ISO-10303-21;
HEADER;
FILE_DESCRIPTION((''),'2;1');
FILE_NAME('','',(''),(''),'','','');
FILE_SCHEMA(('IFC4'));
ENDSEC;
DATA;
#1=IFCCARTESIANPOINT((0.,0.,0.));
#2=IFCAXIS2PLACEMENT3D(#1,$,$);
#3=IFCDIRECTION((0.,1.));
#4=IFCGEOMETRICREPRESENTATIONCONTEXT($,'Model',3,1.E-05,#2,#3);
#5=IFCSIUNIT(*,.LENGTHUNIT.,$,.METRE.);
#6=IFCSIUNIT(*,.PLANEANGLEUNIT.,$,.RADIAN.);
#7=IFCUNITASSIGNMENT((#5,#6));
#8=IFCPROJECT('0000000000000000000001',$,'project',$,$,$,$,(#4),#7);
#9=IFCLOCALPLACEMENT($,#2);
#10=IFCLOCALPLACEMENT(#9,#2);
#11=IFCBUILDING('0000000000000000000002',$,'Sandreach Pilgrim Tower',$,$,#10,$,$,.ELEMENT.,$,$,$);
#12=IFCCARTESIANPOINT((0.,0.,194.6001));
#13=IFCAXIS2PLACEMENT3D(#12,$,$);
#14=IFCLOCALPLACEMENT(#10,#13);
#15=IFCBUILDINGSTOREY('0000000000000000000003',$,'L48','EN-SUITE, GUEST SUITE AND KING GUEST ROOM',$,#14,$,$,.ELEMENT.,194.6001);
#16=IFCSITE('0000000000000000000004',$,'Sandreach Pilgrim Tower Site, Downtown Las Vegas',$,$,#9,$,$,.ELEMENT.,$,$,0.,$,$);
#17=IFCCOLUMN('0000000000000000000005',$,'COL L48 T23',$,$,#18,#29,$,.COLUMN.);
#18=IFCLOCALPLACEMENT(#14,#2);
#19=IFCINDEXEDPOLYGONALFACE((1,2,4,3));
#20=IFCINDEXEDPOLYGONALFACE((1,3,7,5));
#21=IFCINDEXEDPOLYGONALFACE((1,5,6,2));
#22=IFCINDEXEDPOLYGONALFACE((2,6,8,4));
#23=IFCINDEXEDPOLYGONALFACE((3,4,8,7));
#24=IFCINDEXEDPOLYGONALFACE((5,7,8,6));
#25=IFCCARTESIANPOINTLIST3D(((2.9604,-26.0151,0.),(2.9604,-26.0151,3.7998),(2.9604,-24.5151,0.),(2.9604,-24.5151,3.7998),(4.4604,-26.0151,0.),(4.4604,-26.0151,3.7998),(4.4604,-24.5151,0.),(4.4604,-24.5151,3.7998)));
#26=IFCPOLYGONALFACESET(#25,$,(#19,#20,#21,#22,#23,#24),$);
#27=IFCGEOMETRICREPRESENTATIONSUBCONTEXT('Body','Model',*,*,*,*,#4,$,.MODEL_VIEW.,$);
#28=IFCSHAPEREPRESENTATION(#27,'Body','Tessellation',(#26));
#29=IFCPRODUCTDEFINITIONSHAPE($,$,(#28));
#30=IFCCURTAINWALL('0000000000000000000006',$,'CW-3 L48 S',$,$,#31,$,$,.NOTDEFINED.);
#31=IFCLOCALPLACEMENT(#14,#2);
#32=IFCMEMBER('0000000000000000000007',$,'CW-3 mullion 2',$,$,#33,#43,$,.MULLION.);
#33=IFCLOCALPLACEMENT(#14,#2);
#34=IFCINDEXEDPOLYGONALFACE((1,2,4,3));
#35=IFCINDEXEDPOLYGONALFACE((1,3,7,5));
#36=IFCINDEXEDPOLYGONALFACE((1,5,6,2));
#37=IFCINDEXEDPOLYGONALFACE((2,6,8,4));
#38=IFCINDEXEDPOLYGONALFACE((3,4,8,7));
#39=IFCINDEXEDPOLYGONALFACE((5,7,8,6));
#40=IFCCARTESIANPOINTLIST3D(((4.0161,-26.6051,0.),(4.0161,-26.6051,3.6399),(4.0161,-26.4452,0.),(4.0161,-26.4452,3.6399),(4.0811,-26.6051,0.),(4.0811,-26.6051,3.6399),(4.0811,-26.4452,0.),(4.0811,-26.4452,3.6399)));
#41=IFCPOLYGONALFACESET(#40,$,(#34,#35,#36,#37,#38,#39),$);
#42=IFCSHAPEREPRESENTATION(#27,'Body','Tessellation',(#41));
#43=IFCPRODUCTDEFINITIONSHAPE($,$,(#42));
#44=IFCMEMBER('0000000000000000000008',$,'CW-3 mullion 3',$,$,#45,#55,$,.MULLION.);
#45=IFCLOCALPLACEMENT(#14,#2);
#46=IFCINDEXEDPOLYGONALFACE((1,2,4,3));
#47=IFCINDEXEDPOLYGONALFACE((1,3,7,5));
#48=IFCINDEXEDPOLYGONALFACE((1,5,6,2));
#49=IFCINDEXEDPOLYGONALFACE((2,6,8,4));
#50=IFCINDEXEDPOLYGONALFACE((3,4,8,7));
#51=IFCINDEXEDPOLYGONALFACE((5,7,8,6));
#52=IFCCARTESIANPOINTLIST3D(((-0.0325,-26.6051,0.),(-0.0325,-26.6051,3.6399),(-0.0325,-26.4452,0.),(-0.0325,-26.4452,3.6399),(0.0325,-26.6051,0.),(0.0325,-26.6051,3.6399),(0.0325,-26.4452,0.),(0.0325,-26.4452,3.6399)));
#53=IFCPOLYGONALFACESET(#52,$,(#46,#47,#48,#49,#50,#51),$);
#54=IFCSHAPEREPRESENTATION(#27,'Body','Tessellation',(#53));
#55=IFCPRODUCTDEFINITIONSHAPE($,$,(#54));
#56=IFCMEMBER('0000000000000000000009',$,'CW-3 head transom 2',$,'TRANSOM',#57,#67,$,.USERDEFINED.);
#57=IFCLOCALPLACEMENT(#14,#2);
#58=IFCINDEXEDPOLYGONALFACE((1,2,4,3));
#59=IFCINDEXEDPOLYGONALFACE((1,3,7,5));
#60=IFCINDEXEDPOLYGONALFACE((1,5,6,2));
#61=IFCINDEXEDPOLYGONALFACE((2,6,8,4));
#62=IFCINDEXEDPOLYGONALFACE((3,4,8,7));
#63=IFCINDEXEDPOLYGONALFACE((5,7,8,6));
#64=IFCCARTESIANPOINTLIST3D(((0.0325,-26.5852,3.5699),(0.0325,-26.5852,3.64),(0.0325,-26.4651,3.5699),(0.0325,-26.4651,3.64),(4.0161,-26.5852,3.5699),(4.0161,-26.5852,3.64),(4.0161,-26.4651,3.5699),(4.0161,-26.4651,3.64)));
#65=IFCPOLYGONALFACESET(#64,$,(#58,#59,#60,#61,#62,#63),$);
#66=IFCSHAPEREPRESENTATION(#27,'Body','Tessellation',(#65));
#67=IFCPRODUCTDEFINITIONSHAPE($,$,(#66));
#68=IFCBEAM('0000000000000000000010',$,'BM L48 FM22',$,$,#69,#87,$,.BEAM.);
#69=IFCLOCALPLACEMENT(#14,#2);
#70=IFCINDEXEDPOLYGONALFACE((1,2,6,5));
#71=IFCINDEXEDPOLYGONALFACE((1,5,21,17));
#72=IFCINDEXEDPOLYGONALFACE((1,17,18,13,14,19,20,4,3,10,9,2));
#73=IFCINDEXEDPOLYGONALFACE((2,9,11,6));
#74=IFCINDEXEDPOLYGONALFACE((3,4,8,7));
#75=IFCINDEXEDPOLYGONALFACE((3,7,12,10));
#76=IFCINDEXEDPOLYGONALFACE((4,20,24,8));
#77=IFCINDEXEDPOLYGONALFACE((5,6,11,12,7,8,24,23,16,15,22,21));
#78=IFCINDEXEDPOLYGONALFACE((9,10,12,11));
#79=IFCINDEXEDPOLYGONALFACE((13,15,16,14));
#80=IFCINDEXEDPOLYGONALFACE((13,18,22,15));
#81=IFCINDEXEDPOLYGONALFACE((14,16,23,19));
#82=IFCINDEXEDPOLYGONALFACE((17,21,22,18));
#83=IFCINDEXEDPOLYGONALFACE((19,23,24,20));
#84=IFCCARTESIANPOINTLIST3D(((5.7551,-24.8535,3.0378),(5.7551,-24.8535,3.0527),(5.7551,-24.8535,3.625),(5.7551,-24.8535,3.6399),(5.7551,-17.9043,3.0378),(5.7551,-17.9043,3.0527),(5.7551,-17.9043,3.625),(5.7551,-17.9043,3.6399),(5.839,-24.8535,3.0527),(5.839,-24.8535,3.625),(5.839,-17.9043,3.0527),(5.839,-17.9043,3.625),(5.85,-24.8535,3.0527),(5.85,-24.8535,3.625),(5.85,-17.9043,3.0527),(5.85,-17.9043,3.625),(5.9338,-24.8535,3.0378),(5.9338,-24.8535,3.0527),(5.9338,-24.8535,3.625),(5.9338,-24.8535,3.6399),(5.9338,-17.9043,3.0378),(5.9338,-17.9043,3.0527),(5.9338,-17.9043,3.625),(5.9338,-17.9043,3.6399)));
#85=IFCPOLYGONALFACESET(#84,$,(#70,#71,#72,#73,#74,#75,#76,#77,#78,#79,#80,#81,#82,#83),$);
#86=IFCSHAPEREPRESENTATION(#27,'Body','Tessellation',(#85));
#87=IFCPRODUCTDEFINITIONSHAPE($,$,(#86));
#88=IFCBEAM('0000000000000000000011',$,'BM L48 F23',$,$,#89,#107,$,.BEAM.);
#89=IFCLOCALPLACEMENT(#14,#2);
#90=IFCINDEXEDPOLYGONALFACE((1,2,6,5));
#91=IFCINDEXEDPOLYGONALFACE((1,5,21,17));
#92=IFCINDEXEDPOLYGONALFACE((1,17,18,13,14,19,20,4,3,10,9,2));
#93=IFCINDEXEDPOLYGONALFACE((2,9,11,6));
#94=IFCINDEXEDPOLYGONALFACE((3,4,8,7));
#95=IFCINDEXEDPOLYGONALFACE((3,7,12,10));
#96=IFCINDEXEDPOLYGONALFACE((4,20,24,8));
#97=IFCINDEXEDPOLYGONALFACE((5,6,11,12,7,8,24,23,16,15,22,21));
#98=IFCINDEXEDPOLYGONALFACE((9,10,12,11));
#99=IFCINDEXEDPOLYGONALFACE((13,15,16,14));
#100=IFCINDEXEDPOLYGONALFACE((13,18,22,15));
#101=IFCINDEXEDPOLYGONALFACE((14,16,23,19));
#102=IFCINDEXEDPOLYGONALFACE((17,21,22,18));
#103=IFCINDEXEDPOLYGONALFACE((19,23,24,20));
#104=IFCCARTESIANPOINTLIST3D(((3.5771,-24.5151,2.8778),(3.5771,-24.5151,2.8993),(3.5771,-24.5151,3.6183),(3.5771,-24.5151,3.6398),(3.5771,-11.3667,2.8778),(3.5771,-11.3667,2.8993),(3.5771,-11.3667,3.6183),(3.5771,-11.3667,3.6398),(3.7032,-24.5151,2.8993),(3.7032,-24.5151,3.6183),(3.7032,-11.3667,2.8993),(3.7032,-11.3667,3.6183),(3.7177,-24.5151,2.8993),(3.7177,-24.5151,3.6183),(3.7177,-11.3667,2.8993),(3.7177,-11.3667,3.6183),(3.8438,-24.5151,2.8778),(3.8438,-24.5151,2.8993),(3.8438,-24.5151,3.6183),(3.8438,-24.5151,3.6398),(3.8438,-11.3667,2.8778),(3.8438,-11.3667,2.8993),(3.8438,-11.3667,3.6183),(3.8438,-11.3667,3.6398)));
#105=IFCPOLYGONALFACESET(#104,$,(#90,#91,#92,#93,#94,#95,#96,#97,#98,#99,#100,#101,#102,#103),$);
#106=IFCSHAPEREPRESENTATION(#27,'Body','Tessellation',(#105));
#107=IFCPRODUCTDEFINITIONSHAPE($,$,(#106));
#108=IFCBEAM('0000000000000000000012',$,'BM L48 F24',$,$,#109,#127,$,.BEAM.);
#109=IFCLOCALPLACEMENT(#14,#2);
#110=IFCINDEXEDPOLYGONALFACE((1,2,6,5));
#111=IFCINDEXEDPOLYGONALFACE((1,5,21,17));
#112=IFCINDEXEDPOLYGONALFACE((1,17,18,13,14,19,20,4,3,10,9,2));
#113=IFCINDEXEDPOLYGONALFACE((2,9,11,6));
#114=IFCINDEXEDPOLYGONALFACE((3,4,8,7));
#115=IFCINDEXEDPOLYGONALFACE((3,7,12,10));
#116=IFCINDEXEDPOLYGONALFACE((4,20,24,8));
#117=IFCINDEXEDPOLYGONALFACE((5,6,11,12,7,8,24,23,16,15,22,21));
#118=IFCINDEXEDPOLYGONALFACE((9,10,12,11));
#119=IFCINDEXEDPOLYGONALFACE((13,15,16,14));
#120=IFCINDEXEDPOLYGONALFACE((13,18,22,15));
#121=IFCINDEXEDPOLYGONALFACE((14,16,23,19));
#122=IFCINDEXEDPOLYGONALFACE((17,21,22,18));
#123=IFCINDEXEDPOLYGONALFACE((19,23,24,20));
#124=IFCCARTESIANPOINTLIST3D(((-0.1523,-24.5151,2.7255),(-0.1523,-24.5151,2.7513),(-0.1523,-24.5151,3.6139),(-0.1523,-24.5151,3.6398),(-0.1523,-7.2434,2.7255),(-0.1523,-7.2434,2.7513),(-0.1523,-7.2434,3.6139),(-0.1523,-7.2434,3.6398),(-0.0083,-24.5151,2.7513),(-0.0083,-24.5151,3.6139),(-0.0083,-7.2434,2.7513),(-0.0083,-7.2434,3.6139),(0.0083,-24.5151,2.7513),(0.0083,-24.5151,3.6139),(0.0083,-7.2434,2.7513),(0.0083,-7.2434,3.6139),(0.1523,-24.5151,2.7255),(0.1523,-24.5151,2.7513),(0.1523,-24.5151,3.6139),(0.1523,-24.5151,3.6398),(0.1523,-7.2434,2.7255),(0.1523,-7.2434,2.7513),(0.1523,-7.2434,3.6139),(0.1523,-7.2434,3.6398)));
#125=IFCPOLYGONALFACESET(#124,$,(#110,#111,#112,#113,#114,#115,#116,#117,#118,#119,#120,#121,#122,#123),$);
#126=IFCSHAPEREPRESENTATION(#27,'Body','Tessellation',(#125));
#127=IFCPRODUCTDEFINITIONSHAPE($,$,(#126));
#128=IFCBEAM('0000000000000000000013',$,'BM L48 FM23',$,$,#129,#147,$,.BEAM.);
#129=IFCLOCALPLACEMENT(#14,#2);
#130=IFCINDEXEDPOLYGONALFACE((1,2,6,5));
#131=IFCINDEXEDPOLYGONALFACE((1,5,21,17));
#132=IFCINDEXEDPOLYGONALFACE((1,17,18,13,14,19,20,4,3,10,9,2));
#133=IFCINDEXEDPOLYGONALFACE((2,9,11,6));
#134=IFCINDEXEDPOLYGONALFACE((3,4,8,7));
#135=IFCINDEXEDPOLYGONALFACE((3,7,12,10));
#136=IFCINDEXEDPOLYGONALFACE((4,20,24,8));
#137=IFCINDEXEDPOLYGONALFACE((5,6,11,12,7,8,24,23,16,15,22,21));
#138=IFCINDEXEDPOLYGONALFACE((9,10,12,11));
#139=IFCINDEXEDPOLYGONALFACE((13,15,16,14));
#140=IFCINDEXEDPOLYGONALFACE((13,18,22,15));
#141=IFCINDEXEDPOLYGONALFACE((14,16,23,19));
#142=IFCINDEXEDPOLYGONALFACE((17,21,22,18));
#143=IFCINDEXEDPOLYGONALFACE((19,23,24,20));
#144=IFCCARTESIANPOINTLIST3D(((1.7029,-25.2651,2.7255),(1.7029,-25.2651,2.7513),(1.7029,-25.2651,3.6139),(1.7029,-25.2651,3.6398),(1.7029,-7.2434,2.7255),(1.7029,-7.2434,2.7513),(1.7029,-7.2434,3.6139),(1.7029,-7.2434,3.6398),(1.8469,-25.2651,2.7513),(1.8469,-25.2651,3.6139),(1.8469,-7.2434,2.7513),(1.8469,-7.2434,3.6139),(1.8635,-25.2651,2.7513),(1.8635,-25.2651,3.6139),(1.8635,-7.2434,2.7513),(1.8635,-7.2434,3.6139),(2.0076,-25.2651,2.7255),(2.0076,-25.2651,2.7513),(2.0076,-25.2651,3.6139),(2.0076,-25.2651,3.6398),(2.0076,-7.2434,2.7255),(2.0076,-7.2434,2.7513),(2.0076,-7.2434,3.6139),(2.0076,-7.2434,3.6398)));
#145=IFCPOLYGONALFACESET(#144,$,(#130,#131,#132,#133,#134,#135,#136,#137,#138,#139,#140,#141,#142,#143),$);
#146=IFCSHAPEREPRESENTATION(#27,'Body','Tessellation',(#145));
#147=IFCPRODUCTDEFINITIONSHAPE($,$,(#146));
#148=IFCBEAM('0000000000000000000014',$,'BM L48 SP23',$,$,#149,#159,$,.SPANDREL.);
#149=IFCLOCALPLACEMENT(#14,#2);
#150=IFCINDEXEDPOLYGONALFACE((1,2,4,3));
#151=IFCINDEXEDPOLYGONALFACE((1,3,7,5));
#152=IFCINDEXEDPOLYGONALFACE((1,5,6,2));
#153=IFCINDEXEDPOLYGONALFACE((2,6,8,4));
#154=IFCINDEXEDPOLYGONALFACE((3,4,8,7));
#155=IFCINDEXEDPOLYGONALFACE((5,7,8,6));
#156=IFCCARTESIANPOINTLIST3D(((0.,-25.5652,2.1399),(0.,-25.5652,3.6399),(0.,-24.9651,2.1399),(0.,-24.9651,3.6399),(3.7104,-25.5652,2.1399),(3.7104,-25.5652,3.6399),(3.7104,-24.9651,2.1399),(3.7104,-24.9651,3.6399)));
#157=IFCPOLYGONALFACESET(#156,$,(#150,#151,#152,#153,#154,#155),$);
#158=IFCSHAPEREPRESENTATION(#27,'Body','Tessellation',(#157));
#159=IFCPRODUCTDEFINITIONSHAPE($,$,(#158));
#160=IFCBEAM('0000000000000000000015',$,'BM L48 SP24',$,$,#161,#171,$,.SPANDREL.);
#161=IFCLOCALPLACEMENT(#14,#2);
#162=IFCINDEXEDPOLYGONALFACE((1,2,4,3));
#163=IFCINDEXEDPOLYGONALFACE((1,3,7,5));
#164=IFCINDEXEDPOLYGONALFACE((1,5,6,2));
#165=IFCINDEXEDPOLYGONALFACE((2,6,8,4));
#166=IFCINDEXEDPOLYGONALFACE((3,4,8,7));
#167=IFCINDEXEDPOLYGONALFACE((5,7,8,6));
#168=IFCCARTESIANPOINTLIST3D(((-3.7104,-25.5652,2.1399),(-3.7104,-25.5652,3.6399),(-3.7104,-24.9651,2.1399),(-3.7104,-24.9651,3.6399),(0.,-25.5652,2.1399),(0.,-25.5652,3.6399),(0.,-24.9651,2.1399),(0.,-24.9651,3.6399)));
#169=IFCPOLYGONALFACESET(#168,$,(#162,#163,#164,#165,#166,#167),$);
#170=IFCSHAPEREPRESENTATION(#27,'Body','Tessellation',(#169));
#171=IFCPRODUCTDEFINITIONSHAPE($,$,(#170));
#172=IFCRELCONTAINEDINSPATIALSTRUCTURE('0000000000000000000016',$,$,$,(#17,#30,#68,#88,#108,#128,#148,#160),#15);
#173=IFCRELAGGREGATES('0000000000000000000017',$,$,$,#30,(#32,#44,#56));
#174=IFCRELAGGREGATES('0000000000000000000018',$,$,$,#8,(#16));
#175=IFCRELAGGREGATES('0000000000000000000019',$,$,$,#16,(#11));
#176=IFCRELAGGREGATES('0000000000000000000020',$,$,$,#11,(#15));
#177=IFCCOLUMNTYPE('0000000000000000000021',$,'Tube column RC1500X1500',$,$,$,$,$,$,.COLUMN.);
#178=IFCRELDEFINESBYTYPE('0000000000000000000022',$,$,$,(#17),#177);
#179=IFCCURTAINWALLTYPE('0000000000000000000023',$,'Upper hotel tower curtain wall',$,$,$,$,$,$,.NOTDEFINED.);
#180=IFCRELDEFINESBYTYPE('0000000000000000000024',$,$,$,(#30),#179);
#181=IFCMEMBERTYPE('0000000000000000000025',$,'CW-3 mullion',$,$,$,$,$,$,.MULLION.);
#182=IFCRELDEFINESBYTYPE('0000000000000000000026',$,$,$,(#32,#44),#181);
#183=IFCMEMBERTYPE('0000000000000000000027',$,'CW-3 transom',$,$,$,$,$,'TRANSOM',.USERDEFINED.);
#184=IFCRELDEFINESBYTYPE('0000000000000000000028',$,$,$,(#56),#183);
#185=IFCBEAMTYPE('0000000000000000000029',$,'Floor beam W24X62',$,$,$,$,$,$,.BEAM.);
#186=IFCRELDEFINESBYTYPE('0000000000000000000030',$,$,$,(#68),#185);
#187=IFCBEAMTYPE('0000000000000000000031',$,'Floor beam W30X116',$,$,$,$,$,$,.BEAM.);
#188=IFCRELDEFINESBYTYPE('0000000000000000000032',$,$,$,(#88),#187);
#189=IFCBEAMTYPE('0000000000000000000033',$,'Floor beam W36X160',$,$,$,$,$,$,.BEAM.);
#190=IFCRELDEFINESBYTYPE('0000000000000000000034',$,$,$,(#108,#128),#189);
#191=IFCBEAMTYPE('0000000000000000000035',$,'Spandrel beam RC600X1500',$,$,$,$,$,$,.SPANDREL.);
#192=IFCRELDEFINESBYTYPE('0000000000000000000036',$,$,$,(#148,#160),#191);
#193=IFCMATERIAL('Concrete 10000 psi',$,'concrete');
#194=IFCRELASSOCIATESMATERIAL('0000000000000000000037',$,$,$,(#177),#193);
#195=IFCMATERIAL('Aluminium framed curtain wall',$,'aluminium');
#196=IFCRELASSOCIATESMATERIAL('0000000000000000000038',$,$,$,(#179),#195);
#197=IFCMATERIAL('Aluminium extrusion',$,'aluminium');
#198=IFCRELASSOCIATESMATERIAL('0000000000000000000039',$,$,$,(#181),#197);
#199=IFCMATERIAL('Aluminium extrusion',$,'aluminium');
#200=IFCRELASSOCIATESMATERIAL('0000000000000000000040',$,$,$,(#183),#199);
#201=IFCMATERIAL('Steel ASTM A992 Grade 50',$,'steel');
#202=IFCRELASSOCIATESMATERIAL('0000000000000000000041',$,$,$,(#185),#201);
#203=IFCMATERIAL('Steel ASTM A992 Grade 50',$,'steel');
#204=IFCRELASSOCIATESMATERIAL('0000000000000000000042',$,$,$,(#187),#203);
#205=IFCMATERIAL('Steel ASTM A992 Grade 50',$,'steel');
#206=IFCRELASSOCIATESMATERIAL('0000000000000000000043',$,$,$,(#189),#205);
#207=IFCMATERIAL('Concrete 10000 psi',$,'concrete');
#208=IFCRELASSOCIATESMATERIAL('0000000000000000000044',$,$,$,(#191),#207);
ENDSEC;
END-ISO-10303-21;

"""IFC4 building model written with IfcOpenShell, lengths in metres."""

from ifc_helpers import new_model, si_unit, direction, frame, origin, origin_2d, place, context, subcontext, project, spatial, rectangle, i_section, extrude, material, material_profile, profile_set, type_object, element, aggregate, save


model = new_model("IFC4")

# Units and contexts
model_context = context("Model", 3, precision=1e-05, world=origin(), true_north=direction((0.0, 1.0)))
body_context = subcontext(model_context, "Body", "Model", "MODEL_VIEW")
ifc_project = project(units=[si_unit("LENGTHUNIT", "METRE"), si_unit("PLANEANGLEUNIT", "RADIAN")], contexts=[model_context])

# Site, building, storey
site_placement = place(None, origin())
site = spatial("IfcSite", under=ifc_project, at=site_placement, Name="Sandreach Pilgrim Tower Site, Downtown Las Vegas", CompositionType="ELEMENT", RefElevation=0.0)
building_placement = place(site_placement, origin())
building = spatial("IfcBuilding", under=site, at=building_placement, Name="Sandreach Pilgrim Tower", CompositionType="ELEMENT")
storey_placement = place(building_placement, frame((0.0, 0.0, 194.6001)))
storey = spatial("IfcBuildingStorey", under=building, at=storey_placement, Name="L48", Description="EN-SUITE, GUEST SUITE AND KING GUEST ROOM", CompositionType="ELEMENT", Elevation=194.6001)

# Column
ifc_material_1 = material(Name="Concrete 10000 psi", Category="concrete")
ifc_material_profile_1 = material_profile(ifc_material_1, rectangle(XDim=1.5, YDim=1.5, at=origin_2d()), Name="RC1500X1500")
ifc_profile_set_1 = profile_set([ifc_material_profile_1], Name="Concrete 10000 psi")
column_type = type_object("IfcColumnType", Name="Tube column RC1500X1500", PredefinedType="COLUMN", material=ifc_profile_set_1)
column_placement = place(storey_placement, frame((3.7104, -25.2651, 0.0), z_axis=(0.0, 0.0, 1.0), x_axis=(0.0, -1.0, 0.0)))
element("IfcColumn", 1, at=column_placement, inside=storey, type_object=column_type, Name="COL L48 T23", PredefinedType="COLUMN", context=body_context, shape_type="SweptSolid", body=[
    extrude(rectangle(XDim=1.5, YDim=1.5, at=origin_2d()), origin(), (0.0, 0.0, 1.0), 3.7998),
])

# Curtain wall, members
ifc_material_2 = material(Name="Aluminium framed curtain wall", Category="aluminium")
curtain_wall_type = type_object("IfcCurtainWallType", Name="Upper hotel tower curtain wall", PredefinedType="NOTDEFINED", material=ifc_material_2)
curtain_wall_placement = place(storey_placement, origin())
curtain_wall = element("IfcCurtainWall", 2, at=curtain_wall_placement, inside=storey, type_object=curtain_wall_type, Name="CW-3 L48 S", PredefinedType="NOTDEFINED")
ifc_material_3 = material(Name="Aluminium extrusion", Category="aluminium")
ifc_material_profile_2 = material_profile(ifc_material_3, rectangle(XDim=0.0649, YDim=0.1599, at=origin_2d()), Name="CW-3M 65X160")
ifc_profile_set_2 = profile_set([ifc_material_profile_2], Name="Aluminium extrusion")
member_type_1 = type_object("IfcMemberType", Name="CW-3 mullion", PredefinedType="MULLION", material=ifc_profile_set_2)
member_1_placement = place(storey_placement, frame((4.0486, -26.5251, 0.0), z_axis=(0.0, 0.0, 1.0), x_axis=(-1.0, 0.0, 0.0)))
member_1 = element("IfcMember", 3, at=member_1_placement, type_object=member_type_1, Name="CW-3 mullion 2", PredefinedType="MULLION", context=body_context, shape_type="SweptSolid", body=[
    extrude(rectangle(XDim=0.0649, YDim=0.1599, at=origin_2d()), origin(), (0.0, 0.0, 1.0), 3.6399),
])
member_2_placement = place(storey_placement, frame((0.0, -26.5251, 0.0), z_axis=(0.0, 0.0, 1.0), x_axis=(-1.0, 0.0, 0.0)))
member_2 = element("IfcMember", 4, at=member_2_placement, type_object=member_type_1, Name="CW-3 mullion 3", PredefinedType="MULLION", context=body_context, shape_type="SweptSolid", body=[
    extrude(rectangle(XDim=0.0649, YDim=0.1599, at=origin_2d()), origin(), (0.0, 0.0, 1.0), 3.6399),
])
ifc_material_4 = material(Name="Aluminium extrusion", Category="aluminium")
ifc_material_profile_3 = material_profile(ifc_material_4, rectangle(XDim=0.1201, YDim=0.0701, at=origin_2d()), Name="CW-3T 120X70")
ifc_profile_set_3 = profile_set([ifc_material_profile_3], Name="Aluminium extrusion")
member_type_2 = type_object("IfcMemberType", Name="CW-3 transom", ElementType="TRANSOM", PredefinedType="USERDEFINED", material=ifc_profile_set_3)
member_3_placement = place(storey_placement, frame((4.0161, -26.5251, 3.605), z_axis=(-1.0, 0.0, 0.0), x_axis=(0.0, -1.0, 0.0)))
member_3 = element("IfcMember", 5, at=member_3_placement, type_object=member_type_2, Name="CW-3 head transom 2", ObjectType="TRANSOM", PredefinedType="USERDEFINED", context=body_context, shape_type="SweptSolid", body=[
    extrude(rectangle(XDim=0.1201, YDim=0.0701, at=origin_2d()), origin(), (0.0, 0.0, 1.0), 3.9836),
])

# Beams
ifc_material_5 = material(Name="Steel ASTM A992 Grade 50", Category="steel")
ifc_material_profile_4 = material_profile(ifc_material_5, i_section(OverallWidth=0.1787, OverallDepth=0.6021, WebThickness=0.011, FlangeThickness=0.0149, at=origin_2d()), Name="W24X62")
ifc_profile_set_4 = profile_set([ifc_material_profile_4], Name="Steel ASTM A992 Grade 50")
beam_type_1 = type_object("IfcBeamType", Name="Floor beam W24X62", PredefinedType="BEAM", material=ifc_profile_set_4)
beam_1_placement = place(storey_placement, frame((5.8445, -24.8535, 3.3389), z_axis=(0.0, 1.0, 0.0), x_axis=(-1.0, 0.0, 0.0)))
element("IfcBeam", 6, at=beam_1_placement, inside=storey, type_object=beam_type_1, Name="BM L48 FM22", PredefinedType="BEAM", context=body_context, shape_type="SweptSolid", body=[
    extrude(i_section(OverallWidth=0.1787, OverallDepth=0.6021, WebThickness=0.011, FlangeThickness=0.0149, at=origin_2d()), origin(), (0.0, 0.0, 1.0), 6.9492),
])
ifc_material_6 = material(Name="Steel ASTM A992 Grade 50", Category="steel")
ifc_material_profile_5 = material_profile(ifc_material_6, i_section(OverallWidth=0.2666, OverallDepth=0.762, WebThickness=0.0144, FlangeThickness=0.0215, at=origin_2d()), Name="W30X116")
ifc_profile_set_5 = profile_set([ifc_material_profile_5], Name="Steel ASTM A992 Grade 50")
beam_type_2 = type_object("IfcBeamType", Name="Floor beam W30X116", PredefinedType="BEAM", material=ifc_profile_set_5)
beam_2_placement = place(storey_placement, frame((3.7104, -24.5151, 3.2588), z_axis=(0.0, 1.0, 0.0), x_axis=(-1.0, 0.0, 0.0)))
element("IfcBeam", 7, at=beam_2_placement, inside=storey, type_object=beam_type_2, Name="BM L48 F23", PredefinedType="BEAM", context=body_context, shape_type="SweptSolid", body=[
    extrude(i_section(OverallWidth=0.2666, OverallDepth=0.762, WebThickness=0.0144, FlangeThickness=0.0215, at=origin_2d()), origin(), (0.0, 0.0, 1.0), 13.1484),
])
ifc_material_7 = material(Name="Steel ASTM A992 Grade 50", Category="steel")
ifc_material_profile_6 = material_profile(ifc_material_7, i_section(OverallWidth=0.3047, OverallDepth=0.9143, WebThickness=0.0166, FlangeThickness=0.0259, at=origin_2d()), Name="W36X160")
ifc_profile_set_6 = profile_set([ifc_material_profile_6], Name="Steel ASTM A992 Grade 50")
beam_type_3 = type_object("IfcBeamType", Name="Floor beam W36X160", PredefinedType="BEAM", material=ifc_profile_set_6)
beam_3_placement = place(storey_placement, frame((0.0, -24.5151, 3.1826), z_axis=(0.0, 1.0, 0.0), x_axis=(-1.0, 0.0, 0.0)))
element("IfcBeam", 8, at=beam_3_placement, inside=storey, type_object=beam_type_3, Name="BM L48 F24", PredefinedType="BEAM", context=body_context, shape_type="SweptSolid", body=[
    extrude(i_section(OverallWidth=0.3047, OverallDepth=0.9143, WebThickness=0.0166, FlangeThickness=0.0259, at=origin_2d()), origin(), (0.0, 0.0, 1.0), 17.2717),
])
beam_4_placement = place(storey_placement, frame((1.8552, -25.2651, 3.1826), z_axis=(0.0, 1.0, 0.0), x_axis=(-1.0, 0.0, 0.0)))
element("IfcBeam", 9, at=beam_4_placement, inside=storey, type_object=beam_type_3, Name="BM L48 FM23", PredefinedType="BEAM", context=body_context, shape_type="SweptSolid", body=[
    extrude(i_section(OverallWidth=0.3047, OverallDepth=0.9143, WebThickness=0.0166, FlangeThickness=0.0259, at=origin_2d()), origin(), (0.0, 0.0, 1.0), 18.0217),
])
ifc_material_8 = material(Name="Concrete 10000 psi", Category="concrete")
ifc_material_profile_7 = material_profile(ifc_material_8, rectangle(XDim=0.6001, YDim=1.5, at=origin_2d()), Name="RC600X1500")
ifc_profile_set_7 = profile_set([ifc_material_profile_7], Name="Concrete 10000 psi")
beam_type_4 = type_object("IfcBeamType", Name="Spandrel beam RC600X1500", PredefinedType="SPANDREL", material=ifc_profile_set_7)
for number, where, z_axis, x_axis, name in (
    (10, (3.7104, -25.2651, 2.8899), (-1.0, 0.0, 0.0), (0.0, -1.0, 0.0), "BM L48 SP23"),
    (11, (0.0, -25.2651, 2.8899), (-1.0, 0.0, 0.0), (0.0, -1.0, 0.0), "BM L48 SP24"),
):
    element("IfcBeam", number, at=place(storey_placement, frame(where, z_axis=z_axis, x_axis=x_axis)), inside=storey, type_object=beam_type_4, Name=name, PredefinedType="SPANDREL", context=body_context, shape_type="SweptSolid", body=[
        extrude(rectangle(XDim=0.6001, YDim=1.5, at=origin_2d()), origin(), (0.0, 0.0, 1.0), 3.7104),
    ])

aggregate(curtain_wall, [member_1, member_2, member_3])

save(model, "model.ifc")
